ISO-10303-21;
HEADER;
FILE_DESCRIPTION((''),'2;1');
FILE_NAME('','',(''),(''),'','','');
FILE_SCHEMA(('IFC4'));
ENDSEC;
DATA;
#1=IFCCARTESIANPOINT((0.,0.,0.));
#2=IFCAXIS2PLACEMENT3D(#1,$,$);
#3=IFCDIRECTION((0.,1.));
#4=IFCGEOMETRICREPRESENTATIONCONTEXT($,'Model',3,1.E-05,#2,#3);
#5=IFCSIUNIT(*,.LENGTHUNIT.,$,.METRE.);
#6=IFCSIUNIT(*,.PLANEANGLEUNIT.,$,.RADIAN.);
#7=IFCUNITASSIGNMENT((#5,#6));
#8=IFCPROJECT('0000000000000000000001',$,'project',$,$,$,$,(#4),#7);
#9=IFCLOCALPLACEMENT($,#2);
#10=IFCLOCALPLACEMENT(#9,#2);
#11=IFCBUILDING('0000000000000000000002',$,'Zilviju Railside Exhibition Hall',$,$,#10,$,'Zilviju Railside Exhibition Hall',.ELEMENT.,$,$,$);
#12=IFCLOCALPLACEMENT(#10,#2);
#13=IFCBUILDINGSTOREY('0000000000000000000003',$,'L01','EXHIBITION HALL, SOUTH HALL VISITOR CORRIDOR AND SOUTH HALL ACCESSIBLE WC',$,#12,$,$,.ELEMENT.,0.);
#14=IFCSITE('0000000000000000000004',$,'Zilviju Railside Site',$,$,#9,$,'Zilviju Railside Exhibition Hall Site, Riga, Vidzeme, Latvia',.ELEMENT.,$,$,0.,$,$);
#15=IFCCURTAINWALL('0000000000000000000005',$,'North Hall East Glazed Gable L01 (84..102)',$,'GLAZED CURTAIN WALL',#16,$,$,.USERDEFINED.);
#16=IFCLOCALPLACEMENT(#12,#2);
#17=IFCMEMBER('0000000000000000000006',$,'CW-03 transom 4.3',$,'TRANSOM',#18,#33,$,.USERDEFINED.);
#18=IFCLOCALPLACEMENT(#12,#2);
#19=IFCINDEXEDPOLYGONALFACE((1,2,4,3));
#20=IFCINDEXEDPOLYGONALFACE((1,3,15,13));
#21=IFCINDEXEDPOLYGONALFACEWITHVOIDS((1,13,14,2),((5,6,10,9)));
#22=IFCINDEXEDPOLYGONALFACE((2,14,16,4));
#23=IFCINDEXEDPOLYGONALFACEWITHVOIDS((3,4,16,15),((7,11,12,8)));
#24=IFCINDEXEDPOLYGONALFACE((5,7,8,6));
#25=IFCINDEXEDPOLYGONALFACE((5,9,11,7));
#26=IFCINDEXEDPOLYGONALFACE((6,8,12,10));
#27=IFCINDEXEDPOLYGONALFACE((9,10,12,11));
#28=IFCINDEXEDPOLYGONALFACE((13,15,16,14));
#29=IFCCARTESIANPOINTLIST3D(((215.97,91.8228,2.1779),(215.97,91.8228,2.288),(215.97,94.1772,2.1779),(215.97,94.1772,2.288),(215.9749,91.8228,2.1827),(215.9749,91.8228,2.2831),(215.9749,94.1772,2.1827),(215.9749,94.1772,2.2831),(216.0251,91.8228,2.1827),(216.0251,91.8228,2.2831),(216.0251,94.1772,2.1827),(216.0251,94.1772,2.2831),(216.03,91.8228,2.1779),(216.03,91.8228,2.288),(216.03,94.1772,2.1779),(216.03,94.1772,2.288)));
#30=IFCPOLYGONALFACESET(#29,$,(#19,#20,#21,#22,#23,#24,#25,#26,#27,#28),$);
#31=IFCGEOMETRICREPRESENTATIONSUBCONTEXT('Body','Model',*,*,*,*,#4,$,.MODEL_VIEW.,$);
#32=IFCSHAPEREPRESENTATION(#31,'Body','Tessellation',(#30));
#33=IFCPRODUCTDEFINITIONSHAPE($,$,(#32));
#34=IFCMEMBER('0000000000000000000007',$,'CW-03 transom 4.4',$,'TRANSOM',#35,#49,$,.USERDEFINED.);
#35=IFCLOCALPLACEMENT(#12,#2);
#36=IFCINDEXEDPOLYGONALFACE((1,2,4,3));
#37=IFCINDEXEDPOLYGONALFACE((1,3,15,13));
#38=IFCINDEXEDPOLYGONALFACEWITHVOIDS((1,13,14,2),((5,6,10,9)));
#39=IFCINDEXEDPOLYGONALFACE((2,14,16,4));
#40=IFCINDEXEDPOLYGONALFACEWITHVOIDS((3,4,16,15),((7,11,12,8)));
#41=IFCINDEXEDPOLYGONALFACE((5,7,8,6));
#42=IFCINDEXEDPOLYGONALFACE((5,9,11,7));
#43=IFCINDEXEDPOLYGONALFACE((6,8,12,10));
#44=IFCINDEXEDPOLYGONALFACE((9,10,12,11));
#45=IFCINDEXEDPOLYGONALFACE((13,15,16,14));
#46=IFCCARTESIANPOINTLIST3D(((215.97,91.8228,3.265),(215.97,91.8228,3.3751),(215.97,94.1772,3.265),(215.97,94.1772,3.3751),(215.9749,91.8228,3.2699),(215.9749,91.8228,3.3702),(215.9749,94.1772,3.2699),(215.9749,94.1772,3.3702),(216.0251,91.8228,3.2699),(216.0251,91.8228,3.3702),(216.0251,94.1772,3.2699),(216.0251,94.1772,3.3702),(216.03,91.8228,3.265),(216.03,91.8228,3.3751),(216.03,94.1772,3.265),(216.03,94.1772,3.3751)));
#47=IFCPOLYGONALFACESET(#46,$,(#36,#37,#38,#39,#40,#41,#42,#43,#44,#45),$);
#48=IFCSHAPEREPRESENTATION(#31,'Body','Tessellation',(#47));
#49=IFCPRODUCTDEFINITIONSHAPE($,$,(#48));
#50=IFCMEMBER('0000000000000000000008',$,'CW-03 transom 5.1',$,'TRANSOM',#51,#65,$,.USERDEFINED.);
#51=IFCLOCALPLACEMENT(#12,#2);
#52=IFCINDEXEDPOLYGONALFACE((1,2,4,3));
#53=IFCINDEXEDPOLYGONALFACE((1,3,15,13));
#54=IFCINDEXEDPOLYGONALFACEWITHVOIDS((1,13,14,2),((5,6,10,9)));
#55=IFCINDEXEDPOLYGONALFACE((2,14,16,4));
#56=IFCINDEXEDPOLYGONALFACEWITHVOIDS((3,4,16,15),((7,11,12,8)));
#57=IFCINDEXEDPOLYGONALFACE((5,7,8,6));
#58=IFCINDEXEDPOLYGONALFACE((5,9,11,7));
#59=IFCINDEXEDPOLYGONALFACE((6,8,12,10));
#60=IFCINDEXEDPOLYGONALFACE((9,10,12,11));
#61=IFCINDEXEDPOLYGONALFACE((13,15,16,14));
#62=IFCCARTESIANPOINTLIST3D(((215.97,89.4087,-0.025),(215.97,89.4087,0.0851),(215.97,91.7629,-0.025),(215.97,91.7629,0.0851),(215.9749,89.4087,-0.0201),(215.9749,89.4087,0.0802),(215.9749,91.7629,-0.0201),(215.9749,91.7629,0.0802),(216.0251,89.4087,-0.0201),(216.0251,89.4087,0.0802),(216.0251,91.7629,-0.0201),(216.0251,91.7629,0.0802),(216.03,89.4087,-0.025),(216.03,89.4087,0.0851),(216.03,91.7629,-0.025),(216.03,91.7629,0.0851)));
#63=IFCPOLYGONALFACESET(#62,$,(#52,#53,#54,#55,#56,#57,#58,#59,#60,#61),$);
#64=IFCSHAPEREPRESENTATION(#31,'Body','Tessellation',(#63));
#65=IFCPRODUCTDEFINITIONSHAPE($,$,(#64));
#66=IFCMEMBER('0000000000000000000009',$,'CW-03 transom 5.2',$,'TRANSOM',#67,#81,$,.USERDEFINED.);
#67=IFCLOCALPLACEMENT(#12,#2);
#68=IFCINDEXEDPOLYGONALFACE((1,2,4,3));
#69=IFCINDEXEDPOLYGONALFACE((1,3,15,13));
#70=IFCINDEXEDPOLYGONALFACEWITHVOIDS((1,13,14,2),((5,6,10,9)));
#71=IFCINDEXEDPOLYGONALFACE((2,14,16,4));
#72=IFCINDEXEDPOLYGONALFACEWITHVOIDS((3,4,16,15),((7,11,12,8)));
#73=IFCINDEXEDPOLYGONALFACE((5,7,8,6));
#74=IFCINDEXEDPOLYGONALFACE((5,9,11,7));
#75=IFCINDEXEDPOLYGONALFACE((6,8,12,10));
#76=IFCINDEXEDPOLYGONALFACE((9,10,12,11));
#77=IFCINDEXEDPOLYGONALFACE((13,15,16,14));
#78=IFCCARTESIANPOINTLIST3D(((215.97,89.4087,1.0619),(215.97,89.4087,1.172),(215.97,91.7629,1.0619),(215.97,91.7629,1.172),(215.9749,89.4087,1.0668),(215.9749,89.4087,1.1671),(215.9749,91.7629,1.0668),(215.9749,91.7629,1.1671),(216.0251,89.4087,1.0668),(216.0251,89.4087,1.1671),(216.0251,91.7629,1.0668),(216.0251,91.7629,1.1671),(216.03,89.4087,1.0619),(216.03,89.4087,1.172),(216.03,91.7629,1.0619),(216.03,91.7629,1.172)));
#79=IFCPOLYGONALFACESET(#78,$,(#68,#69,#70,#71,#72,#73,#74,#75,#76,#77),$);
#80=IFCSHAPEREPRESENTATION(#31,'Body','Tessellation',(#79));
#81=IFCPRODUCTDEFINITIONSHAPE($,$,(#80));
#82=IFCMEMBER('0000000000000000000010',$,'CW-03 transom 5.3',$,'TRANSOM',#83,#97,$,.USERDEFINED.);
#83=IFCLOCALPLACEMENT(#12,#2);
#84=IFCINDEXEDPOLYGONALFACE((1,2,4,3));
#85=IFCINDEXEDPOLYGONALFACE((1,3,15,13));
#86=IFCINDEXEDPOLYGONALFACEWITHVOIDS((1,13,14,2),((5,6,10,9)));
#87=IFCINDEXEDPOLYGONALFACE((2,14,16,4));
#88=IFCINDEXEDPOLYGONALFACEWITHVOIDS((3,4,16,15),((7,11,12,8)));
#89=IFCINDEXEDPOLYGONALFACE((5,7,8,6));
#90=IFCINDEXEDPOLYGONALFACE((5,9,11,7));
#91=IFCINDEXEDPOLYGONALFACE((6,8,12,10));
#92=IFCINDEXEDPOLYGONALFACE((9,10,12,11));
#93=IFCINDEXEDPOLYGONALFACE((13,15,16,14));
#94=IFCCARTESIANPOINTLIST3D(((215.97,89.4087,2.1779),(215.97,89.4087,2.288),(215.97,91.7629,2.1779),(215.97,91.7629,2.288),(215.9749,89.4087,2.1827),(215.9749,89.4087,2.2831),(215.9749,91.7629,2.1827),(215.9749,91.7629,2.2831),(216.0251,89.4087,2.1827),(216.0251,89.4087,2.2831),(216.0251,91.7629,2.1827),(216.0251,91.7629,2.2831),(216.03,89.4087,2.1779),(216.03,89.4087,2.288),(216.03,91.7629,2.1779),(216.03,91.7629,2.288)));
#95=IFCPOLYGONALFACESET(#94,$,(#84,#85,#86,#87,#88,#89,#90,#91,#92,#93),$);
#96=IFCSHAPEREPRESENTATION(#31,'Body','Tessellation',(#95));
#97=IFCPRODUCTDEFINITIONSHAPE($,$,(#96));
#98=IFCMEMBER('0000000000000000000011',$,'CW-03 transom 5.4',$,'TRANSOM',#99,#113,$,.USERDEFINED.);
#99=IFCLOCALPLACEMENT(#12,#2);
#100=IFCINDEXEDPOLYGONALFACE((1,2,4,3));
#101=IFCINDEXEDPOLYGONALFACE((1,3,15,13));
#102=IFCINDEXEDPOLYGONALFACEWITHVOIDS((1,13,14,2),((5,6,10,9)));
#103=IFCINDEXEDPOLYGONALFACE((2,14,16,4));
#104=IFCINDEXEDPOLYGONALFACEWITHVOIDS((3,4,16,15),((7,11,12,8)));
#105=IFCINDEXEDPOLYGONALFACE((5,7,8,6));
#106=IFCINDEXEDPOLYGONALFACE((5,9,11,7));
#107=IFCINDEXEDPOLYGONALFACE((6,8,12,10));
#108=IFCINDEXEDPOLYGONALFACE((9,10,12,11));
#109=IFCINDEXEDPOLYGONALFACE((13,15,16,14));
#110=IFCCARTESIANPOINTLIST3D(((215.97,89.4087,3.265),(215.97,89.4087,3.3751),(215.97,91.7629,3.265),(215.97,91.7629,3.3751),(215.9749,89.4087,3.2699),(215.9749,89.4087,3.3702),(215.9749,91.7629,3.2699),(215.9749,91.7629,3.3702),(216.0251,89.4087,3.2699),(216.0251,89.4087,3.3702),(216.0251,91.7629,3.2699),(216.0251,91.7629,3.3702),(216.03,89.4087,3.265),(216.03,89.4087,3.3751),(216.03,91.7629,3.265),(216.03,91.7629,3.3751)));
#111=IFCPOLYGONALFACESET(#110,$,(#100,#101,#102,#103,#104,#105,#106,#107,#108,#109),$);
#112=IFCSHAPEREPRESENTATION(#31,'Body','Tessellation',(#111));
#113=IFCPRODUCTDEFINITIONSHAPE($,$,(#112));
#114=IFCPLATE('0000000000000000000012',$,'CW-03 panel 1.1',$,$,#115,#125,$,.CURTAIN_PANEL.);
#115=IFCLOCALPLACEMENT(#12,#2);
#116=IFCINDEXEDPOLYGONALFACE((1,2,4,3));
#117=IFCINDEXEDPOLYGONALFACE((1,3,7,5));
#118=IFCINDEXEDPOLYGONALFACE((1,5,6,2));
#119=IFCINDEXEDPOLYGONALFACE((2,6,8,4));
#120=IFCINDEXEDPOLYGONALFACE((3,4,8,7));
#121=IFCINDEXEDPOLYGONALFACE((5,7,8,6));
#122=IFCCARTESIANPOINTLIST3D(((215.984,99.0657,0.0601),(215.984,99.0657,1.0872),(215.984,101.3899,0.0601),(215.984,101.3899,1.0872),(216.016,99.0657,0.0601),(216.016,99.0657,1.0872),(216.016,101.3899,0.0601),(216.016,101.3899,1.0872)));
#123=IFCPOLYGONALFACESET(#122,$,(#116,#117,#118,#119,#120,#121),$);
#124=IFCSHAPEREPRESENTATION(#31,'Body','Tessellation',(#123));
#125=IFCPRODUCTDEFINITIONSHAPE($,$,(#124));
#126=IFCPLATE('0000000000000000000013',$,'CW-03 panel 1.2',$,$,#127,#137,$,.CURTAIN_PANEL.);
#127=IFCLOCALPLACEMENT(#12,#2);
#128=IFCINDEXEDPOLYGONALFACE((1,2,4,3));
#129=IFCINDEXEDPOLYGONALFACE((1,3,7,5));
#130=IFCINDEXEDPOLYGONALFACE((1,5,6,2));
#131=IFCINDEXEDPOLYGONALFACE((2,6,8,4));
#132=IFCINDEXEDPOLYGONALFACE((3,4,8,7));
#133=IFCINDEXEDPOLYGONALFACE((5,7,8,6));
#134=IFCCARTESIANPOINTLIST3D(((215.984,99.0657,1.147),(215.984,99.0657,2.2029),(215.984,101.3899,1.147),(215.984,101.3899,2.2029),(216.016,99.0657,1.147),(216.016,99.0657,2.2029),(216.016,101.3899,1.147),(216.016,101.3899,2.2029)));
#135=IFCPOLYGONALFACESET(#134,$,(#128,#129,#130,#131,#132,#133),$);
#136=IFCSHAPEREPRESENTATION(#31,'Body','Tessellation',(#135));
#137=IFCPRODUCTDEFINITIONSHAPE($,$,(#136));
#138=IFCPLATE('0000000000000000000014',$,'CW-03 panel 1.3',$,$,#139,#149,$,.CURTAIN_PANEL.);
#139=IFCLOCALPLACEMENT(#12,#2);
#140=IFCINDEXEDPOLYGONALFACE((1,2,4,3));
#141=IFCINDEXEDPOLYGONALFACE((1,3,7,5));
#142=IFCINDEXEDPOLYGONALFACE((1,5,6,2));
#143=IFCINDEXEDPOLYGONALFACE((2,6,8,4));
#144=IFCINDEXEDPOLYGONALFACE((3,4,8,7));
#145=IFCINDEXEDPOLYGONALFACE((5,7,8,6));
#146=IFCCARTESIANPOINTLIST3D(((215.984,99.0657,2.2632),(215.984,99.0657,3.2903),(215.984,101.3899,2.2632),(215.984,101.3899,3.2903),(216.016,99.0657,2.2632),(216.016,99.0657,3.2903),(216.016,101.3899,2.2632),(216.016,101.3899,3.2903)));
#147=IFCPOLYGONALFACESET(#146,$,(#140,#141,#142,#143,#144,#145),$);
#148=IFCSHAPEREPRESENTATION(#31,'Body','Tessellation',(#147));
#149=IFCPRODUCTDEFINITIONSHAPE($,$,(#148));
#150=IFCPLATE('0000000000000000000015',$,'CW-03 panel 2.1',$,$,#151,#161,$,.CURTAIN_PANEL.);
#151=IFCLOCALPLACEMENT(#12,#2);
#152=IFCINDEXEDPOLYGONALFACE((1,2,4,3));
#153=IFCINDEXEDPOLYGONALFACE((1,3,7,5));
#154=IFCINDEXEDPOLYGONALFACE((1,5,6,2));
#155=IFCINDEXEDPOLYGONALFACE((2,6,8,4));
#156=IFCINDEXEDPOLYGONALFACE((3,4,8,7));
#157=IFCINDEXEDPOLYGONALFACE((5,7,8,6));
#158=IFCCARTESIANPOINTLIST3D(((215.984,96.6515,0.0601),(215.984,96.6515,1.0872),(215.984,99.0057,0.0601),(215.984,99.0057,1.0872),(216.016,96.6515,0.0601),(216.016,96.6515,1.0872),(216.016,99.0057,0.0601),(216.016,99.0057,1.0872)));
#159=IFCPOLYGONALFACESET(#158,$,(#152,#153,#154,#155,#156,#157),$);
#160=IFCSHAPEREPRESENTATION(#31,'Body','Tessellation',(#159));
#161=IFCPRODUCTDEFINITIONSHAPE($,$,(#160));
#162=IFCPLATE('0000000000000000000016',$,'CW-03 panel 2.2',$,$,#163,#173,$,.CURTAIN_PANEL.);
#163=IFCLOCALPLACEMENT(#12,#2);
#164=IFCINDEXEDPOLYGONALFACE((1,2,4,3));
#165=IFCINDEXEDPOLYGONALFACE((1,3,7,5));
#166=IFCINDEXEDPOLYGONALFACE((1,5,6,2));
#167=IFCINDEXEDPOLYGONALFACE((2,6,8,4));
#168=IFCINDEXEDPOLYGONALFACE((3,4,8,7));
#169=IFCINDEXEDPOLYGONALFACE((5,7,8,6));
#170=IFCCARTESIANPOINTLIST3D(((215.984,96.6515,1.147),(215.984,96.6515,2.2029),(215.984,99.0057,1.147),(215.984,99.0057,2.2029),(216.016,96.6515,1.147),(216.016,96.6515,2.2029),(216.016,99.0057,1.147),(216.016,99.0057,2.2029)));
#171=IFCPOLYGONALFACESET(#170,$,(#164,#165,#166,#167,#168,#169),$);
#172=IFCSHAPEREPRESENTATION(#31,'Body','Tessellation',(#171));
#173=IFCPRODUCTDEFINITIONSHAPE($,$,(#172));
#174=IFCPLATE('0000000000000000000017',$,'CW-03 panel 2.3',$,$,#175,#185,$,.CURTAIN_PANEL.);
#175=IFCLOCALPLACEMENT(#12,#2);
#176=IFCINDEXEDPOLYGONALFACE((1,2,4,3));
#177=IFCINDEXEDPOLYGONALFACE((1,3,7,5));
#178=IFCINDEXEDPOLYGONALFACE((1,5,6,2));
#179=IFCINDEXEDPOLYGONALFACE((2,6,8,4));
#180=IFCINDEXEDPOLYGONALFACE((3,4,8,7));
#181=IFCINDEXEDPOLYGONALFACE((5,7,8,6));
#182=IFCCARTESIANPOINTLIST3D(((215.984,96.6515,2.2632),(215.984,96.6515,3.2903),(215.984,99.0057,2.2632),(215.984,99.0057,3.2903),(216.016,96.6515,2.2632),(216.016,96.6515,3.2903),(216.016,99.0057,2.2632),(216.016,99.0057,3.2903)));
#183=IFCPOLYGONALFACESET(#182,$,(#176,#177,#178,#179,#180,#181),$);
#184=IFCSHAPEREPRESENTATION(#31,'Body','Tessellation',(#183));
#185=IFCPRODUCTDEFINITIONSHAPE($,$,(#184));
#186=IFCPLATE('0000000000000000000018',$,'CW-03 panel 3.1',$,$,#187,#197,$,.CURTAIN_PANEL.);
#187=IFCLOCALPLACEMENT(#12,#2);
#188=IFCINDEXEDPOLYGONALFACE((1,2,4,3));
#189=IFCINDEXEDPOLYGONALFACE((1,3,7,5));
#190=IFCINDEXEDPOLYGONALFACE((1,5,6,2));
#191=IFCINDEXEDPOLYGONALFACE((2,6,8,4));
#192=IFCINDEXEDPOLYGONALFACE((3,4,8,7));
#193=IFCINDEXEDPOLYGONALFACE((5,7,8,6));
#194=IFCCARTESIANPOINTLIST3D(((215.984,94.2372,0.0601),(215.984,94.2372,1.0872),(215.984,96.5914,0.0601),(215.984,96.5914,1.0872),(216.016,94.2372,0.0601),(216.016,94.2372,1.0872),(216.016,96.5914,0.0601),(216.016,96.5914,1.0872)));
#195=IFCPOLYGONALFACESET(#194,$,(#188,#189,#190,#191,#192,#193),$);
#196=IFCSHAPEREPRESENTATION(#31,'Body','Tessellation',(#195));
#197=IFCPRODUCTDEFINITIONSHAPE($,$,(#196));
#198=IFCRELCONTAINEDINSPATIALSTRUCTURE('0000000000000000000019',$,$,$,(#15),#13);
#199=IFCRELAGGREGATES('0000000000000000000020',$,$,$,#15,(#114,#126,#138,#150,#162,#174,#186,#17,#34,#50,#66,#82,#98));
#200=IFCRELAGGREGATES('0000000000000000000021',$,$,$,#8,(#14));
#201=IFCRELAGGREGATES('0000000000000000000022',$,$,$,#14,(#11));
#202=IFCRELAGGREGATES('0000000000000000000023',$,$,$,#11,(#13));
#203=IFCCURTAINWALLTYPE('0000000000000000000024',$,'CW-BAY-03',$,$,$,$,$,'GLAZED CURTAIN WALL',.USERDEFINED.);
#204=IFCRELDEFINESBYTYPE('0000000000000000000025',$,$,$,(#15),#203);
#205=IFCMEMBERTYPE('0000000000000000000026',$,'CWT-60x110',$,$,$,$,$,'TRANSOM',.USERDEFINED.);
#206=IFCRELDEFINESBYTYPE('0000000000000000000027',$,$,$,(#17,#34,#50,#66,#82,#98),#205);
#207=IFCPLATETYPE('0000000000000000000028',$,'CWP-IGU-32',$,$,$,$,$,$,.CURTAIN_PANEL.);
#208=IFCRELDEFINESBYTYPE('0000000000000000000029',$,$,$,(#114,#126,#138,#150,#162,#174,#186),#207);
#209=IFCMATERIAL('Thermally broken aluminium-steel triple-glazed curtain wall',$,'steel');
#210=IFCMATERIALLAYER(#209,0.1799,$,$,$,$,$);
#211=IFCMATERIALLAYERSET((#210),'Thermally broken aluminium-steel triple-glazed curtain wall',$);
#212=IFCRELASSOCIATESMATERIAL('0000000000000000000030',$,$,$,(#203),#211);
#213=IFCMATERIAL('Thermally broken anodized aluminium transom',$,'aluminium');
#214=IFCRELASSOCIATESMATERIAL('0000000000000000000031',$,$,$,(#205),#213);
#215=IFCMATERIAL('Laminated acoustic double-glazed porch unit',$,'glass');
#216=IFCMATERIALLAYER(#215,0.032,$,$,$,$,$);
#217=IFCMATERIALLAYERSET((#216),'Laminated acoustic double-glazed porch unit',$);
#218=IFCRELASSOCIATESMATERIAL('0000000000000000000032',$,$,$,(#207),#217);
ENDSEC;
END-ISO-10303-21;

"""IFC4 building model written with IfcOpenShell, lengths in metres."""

from ifc_helpers import new_model, si_unit, direction, frame, origin, origin_2d, place, context, subcontext, project, spatial, rectangle, hollow_rectangle, extrude, material, layer, layer_set, material_profile, profile_set, type_object, element, aggregate, save


model = new_model("IFC4")

# Units and contexts
model_context = context("Model", 3, precision=1e-05, world=origin(), true_north=direction((0.0, 1.0)))
body_context = subcontext(model_context, "Body", "Model", "MODEL_VIEW")
ifc_project = project(units=[si_unit("LENGTHUNIT", "METRE"), si_unit("PLANEANGLEUNIT", "RADIAN")], contexts=[model_context])

# Site, building, storey
site_placement = place(None, origin())
site = spatial("IfcSite", under=ifc_project, at=site_placement, Name="Zilviju Railside Site", LongName="Zilviju Railside Exhibition Hall Site, Riga, Vidzeme, Latvia", CompositionType="ELEMENT", RefElevation=0.0)
building_placement = place(site_placement, origin())
building = spatial("IfcBuilding", under=site, at=building_placement, Name="Zilviju Railside Exhibition Hall", LongName="Zilviju Railside Exhibition Hall", CompositionType="ELEMENT")
storey_placement = place(building_placement, origin())
storey = spatial("IfcBuildingStorey", under=building, at=storey_placement, Name="L01", Description="EXHIBITION HALL, SOUTH HALL VISITOR CORRIDOR AND SOUTH HALL ACCESSIBLE WC", CompositionType="ELEMENT", Elevation=0.0)

# Curtain wall, members, plates
ifc_material_1 = material(Name="Thermally broken aluminium-steel triple-glazed curtain wall", Category="steel")
ifc_layer_1 = layer(ifc_material_1, 0.1799)
ifc_layer_set_1 = layer_set([ifc_layer_1], Name="Thermally broken aluminium-steel triple-glazed curtain wall")
curtain_wall_type = type_object("IfcCurtainWallType", Name="CW-BAY-03", ElementType="GLAZED CURTAIN WALL", PredefinedType="USERDEFINED", material=ifc_layer_set_1)
curtain_wall_placement = place(storey_placement, origin())
curtain_wall = element("IfcCurtainWall", 1, at=curtain_wall_placement, inside=storey, type_object=curtain_wall_type, Name="North Hall East Glazed Gable L01 (84..102)", ObjectType="GLAZED CURTAIN WALL", PredefinedType="USERDEFINED")
ifc_material_2 = material(Name="Thermally broken anodized aluminium transom", Category="aluminium")
ifc_material_profile_1 = material_profile(ifc_material_2, hollow_rectangle(XDim=0.0601, YDim=0.1101, WallThickness=0.0049, at=origin_2d()), Name="TRANSOM 110x60x5")
ifc_profile_set_1 = profile_set([ifc_material_profile_1], Name="Thermally broken anodized aluminium transom")
member_type_1 = type_object("IfcMemberType", Name="CWT-60x110", ElementType="TRANSOM", PredefinedType="USERDEFINED", material=ifc_profile_set_1)
member_1_placement = place(storey_placement, frame((216.0, 94.1772, 2.2329), z_axis=(0.0, -1.0, 0.0), x_axis=(1.0, 0.0, 0.0)))
member_1 = element("IfcMember", 2, at=member_1_placement, type_object=member_type_1, Name="CW-03 transom 4.3", ObjectType="TRANSOM", PredefinedType="USERDEFINED", context=body_context, shape_type="SweptSolid", body=[
    extrude(hollow_rectangle(XDim=0.0601, YDim=0.1101, WallThickness=0.0049, at=origin_2d()), origin(), (0.0, 0.0, 1.0), 2.3545),
])
member_2_placement = place(storey_placement, frame((216.0, 94.1772, 3.3201), z_axis=(0.0, -1.0, 0.0), x_axis=(1.0, 0.0, 0.0)))
member_2 = element("IfcMember", 3, at=member_2_placement, type_object=member_type_1, Name="CW-03 transom 4.4", ObjectType="TRANSOM", PredefinedType="USERDEFINED", context=body_context, shape_type="SweptSolid", body=[
    extrude(hollow_rectangle(XDim=0.0601, YDim=0.1101, WallThickness=0.0049, at=origin_2d()), origin(), (0.0, 0.0, 1.0), 2.3545),
])
member_3_placement = place(storey_placement, frame((216.0, 91.7629, 0.03), z_axis=(0.0, -1.0, 0.0), x_axis=(1.0, 0.0, 0.0)))
member_3 = element("IfcMember", 4, at=member_3_placement, type_object=member_type_1, Name="CW-03 transom 5.1", ObjectType="TRANSOM", PredefinedType="USERDEFINED", context=body_context, shape_type="SweptSolid", body=[
    extrude(hollow_rectangle(XDim=0.0601, YDim=0.1101, WallThickness=0.0049, at=origin_2d()), origin(), (0.0, 0.0, 1.0), 2.3542),
])
member_4_placement = place(storey_placement, frame((216.0, 91.7629, 1.1169), z_axis=(0.0, -1.0, 0.0), x_axis=(1.0, 0.0, 0.0)))
member_4 = element("IfcMember", 5, at=member_4_placement, type_object=member_type_1, Name="CW-03 transom 5.2", ObjectType="TRANSOM", PredefinedType="USERDEFINED", context=body_context, shape_type="SweptSolid", body=[
    extrude(hollow_rectangle(XDim=0.0601, YDim=0.1101, WallThickness=0.0049, at=origin_2d()), origin(), (0.0, 0.0, 1.0), 2.3542),
])
member_5_placement = place(storey_placement, frame((216.0, 91.7629, 2.2329), z_axis=(0.0, -1.0, 0.0), x_axis=(1.0, 0.0, 0.0)))
member_5 = element("IfcMember", 6, at=member_5_placement, type_object=member_type_1, Name="CW-03 transom 5.3", ObjectType="TRANSOM", PredefinedType="USERDEFINED", context=body_context, shape_type="SweptSolid", body=[
    extrude(hollow_rectangle(XDim=0.0601, YDim=0.1101, WallThickness=0.0049, at=origin_2d()), origin(), (0.0, 0.0, 1.0), 2.3542),
])
member_6_placement = place(storey_placement, frame((216.0, 91.7629, 3.3201), z_axis=(0.0, -1.0, 0.0), x_axis=(1.0, 0.0, 0.0)))
member_6 = element("IfcMember", 7, at=member_6_placement, type_object=member_type_1, Name="CW-03 transom 5.4", ObjectType="TRANSOM", PredefinedType="USERDEFINED", context=body_context, shape_type="SweptSolid", body=[
    extrude(hollow_rectangle(XDim=0.0601, YDim=0.1101, WallThickness=0.0049, at=origin_2d()), origin(), (0.0, 0.0, 1.0), 2.3542),
])
ifc_material_3 = material(Name="Laminated acoustic double-glazed porch unit", Category="glass")
ifc_layer_2 = layer(ifc_material_3, 0.032)
ifc_layer_set_2 = layer_set([ifc_layer_2], Name="Laminated acoustic double-glazed porch unit")
plate_type = type_object("IfcPlateType", Name="CWP-IGU-32", PredefinedType="CURTAIN_PANEL", material=ifc_layer_set_2)
plate_1_placement = place(storey_placement, frame((216.0, 100.2278, 0.0601), z_axis=(0.0, 0.0, 1.0), x_axis=(0.0, -1.0, 0.0)))
plate_1 = element("IfcPlate", 8, at=plate_1_placement, type_object=plate_type, Name="CW-03 panel 1.1", PredefinedType="CURTAIN_PANEL", context=body_context, shape_type="SweptSolid", body=[
    extrude(rectangle(XDim=2.3242, YDim=0.032, at=origin_2d()), origin(), (0.0, 0.0, 1.0), 1.0271),
])
plate_2_placement = place(storey_placement, frame((216.0, 100.2278, 1.147), z_axis=(0.0, 0.0, 1.0), x_axis=(0.0, -1.0, 0.0)))
plate_2 = element("IfcPlate", 9, at=plate_2_placement, type_object=plate_type, Name="CW-03 panel 1.2", PredefinedType="CURTAIN_PANEL", context=body_context, shape_type="SweptSolid", body=[
    extrude(rectangle(XDim=2.3242, YDim=0.032, at=origin_2d()), origin(), (0.0, 0.0, 1.0), 1.0559),
])
plate_3_placement = place(storey_placement, frame((216.0, 100.2278, 2.2632), z_axis=(0.0, 0.0, 1.0), x_axis=(0.0, -1.0, 0.0)))
plate_3 = element("IfcPlate", 10, at=plate_3_placement, type_object=plate_type, Name="CW-03 panel 1.3", PredefinedType="CURTAIN_PANEL", context=body_context, shape_type="SweptSolid", body=[
    extrude(rectangle(XDim=2.3242, YDim=0.032, at=origin_2d()), origin(), (0.0, 0.0, 1.0), 1.0271),
])
plate_4_placement = place(storey_placement, frame((216.0, 97.8286, 0.0601), z_axis=(0.0, 0.0, 1.0), x_axis=(0.0, -1.0, 0.0)))
plate_4 = element("IfcPlate", 11, at=plate_4_placement, type_object=plate_type, Name="CW-03 panel 2.1", PredefinedType="CURTAIN_PANEL", context=body_context, shape_type="SweptSolid", body=[
    extrude(rectangle(XDim=2.3542, YDim=0.032, at=origin_2d()), origin(), (0.0, 0.0, 1.0), 1.0271),
])
plate_5_placement = place(storey_placement, frame((216.0, 97.8286, 1.147), z_axis=(0.0, 0.0, 1.0), x_axis=(0.0, -1.0, 0.0)))
plate_5 = element("IfcPlate", 12, at=plate_5_placement, type_object=plate_type, Name="CW-03 panel 2.2", PredefinedType="CURTAIN_PANEL", context=body_context, shape_type="SweptSolid", body=[
    extrude(rectangle(XDim=2.3542, YDim=0.032, at=origin_2d()), origin(), (0.0, 0.0, 1.0), 1.0559),
])
plate_6_placement = place(storey_placement, frame((216.0, 97.8286, 2.2632), z_axis=(0.0, 0.0, 1.0), x_axis=(0.0, -1.0, 0.0)))
plate_6 = element("IfcPlate", 13, at=plate_6_placement, type_object=plate_type, Name="CW-03 panel 2.3", PredefinedType="CURTAIN_PANEL", context=body_context, shape_type="SweptSolid", body=[
    extrude(rectangle(XDim=2.3542, YDim=0.032, at=origin_2d()), origin(), (0.0, 0.0, 1.0), 1.0271),
])
plate_7_placement = place(storey_placement, frame((216.0, 95.4143, 0.0601), z_axis=(0.0, 0.0, 1.0), x_axis=(0.0, -1.0, 0.0)))
plate_7 = element("IfcPlate", 14, at=plate_7_placement, type_object=plate_type, Name="CW-03 panel 3.1", PredefinedType="CURTAIN_PANEL", context=body_context, shape_type="SweptSolid", body=[
    extrude(rectangle(XDim=2.3542, YDim=0.032, at=origin_2d()), origin(), (0.0, 0.0, 1.0), 1.0271),
])
aggregate(curtain_wall, [plate_1, plate_2, plate_3, plate_4, plate_5, plate_6, plate_7, member_1, member_2, member_3, member_4, member_5, member_6])

save(model, "model.ifc")
